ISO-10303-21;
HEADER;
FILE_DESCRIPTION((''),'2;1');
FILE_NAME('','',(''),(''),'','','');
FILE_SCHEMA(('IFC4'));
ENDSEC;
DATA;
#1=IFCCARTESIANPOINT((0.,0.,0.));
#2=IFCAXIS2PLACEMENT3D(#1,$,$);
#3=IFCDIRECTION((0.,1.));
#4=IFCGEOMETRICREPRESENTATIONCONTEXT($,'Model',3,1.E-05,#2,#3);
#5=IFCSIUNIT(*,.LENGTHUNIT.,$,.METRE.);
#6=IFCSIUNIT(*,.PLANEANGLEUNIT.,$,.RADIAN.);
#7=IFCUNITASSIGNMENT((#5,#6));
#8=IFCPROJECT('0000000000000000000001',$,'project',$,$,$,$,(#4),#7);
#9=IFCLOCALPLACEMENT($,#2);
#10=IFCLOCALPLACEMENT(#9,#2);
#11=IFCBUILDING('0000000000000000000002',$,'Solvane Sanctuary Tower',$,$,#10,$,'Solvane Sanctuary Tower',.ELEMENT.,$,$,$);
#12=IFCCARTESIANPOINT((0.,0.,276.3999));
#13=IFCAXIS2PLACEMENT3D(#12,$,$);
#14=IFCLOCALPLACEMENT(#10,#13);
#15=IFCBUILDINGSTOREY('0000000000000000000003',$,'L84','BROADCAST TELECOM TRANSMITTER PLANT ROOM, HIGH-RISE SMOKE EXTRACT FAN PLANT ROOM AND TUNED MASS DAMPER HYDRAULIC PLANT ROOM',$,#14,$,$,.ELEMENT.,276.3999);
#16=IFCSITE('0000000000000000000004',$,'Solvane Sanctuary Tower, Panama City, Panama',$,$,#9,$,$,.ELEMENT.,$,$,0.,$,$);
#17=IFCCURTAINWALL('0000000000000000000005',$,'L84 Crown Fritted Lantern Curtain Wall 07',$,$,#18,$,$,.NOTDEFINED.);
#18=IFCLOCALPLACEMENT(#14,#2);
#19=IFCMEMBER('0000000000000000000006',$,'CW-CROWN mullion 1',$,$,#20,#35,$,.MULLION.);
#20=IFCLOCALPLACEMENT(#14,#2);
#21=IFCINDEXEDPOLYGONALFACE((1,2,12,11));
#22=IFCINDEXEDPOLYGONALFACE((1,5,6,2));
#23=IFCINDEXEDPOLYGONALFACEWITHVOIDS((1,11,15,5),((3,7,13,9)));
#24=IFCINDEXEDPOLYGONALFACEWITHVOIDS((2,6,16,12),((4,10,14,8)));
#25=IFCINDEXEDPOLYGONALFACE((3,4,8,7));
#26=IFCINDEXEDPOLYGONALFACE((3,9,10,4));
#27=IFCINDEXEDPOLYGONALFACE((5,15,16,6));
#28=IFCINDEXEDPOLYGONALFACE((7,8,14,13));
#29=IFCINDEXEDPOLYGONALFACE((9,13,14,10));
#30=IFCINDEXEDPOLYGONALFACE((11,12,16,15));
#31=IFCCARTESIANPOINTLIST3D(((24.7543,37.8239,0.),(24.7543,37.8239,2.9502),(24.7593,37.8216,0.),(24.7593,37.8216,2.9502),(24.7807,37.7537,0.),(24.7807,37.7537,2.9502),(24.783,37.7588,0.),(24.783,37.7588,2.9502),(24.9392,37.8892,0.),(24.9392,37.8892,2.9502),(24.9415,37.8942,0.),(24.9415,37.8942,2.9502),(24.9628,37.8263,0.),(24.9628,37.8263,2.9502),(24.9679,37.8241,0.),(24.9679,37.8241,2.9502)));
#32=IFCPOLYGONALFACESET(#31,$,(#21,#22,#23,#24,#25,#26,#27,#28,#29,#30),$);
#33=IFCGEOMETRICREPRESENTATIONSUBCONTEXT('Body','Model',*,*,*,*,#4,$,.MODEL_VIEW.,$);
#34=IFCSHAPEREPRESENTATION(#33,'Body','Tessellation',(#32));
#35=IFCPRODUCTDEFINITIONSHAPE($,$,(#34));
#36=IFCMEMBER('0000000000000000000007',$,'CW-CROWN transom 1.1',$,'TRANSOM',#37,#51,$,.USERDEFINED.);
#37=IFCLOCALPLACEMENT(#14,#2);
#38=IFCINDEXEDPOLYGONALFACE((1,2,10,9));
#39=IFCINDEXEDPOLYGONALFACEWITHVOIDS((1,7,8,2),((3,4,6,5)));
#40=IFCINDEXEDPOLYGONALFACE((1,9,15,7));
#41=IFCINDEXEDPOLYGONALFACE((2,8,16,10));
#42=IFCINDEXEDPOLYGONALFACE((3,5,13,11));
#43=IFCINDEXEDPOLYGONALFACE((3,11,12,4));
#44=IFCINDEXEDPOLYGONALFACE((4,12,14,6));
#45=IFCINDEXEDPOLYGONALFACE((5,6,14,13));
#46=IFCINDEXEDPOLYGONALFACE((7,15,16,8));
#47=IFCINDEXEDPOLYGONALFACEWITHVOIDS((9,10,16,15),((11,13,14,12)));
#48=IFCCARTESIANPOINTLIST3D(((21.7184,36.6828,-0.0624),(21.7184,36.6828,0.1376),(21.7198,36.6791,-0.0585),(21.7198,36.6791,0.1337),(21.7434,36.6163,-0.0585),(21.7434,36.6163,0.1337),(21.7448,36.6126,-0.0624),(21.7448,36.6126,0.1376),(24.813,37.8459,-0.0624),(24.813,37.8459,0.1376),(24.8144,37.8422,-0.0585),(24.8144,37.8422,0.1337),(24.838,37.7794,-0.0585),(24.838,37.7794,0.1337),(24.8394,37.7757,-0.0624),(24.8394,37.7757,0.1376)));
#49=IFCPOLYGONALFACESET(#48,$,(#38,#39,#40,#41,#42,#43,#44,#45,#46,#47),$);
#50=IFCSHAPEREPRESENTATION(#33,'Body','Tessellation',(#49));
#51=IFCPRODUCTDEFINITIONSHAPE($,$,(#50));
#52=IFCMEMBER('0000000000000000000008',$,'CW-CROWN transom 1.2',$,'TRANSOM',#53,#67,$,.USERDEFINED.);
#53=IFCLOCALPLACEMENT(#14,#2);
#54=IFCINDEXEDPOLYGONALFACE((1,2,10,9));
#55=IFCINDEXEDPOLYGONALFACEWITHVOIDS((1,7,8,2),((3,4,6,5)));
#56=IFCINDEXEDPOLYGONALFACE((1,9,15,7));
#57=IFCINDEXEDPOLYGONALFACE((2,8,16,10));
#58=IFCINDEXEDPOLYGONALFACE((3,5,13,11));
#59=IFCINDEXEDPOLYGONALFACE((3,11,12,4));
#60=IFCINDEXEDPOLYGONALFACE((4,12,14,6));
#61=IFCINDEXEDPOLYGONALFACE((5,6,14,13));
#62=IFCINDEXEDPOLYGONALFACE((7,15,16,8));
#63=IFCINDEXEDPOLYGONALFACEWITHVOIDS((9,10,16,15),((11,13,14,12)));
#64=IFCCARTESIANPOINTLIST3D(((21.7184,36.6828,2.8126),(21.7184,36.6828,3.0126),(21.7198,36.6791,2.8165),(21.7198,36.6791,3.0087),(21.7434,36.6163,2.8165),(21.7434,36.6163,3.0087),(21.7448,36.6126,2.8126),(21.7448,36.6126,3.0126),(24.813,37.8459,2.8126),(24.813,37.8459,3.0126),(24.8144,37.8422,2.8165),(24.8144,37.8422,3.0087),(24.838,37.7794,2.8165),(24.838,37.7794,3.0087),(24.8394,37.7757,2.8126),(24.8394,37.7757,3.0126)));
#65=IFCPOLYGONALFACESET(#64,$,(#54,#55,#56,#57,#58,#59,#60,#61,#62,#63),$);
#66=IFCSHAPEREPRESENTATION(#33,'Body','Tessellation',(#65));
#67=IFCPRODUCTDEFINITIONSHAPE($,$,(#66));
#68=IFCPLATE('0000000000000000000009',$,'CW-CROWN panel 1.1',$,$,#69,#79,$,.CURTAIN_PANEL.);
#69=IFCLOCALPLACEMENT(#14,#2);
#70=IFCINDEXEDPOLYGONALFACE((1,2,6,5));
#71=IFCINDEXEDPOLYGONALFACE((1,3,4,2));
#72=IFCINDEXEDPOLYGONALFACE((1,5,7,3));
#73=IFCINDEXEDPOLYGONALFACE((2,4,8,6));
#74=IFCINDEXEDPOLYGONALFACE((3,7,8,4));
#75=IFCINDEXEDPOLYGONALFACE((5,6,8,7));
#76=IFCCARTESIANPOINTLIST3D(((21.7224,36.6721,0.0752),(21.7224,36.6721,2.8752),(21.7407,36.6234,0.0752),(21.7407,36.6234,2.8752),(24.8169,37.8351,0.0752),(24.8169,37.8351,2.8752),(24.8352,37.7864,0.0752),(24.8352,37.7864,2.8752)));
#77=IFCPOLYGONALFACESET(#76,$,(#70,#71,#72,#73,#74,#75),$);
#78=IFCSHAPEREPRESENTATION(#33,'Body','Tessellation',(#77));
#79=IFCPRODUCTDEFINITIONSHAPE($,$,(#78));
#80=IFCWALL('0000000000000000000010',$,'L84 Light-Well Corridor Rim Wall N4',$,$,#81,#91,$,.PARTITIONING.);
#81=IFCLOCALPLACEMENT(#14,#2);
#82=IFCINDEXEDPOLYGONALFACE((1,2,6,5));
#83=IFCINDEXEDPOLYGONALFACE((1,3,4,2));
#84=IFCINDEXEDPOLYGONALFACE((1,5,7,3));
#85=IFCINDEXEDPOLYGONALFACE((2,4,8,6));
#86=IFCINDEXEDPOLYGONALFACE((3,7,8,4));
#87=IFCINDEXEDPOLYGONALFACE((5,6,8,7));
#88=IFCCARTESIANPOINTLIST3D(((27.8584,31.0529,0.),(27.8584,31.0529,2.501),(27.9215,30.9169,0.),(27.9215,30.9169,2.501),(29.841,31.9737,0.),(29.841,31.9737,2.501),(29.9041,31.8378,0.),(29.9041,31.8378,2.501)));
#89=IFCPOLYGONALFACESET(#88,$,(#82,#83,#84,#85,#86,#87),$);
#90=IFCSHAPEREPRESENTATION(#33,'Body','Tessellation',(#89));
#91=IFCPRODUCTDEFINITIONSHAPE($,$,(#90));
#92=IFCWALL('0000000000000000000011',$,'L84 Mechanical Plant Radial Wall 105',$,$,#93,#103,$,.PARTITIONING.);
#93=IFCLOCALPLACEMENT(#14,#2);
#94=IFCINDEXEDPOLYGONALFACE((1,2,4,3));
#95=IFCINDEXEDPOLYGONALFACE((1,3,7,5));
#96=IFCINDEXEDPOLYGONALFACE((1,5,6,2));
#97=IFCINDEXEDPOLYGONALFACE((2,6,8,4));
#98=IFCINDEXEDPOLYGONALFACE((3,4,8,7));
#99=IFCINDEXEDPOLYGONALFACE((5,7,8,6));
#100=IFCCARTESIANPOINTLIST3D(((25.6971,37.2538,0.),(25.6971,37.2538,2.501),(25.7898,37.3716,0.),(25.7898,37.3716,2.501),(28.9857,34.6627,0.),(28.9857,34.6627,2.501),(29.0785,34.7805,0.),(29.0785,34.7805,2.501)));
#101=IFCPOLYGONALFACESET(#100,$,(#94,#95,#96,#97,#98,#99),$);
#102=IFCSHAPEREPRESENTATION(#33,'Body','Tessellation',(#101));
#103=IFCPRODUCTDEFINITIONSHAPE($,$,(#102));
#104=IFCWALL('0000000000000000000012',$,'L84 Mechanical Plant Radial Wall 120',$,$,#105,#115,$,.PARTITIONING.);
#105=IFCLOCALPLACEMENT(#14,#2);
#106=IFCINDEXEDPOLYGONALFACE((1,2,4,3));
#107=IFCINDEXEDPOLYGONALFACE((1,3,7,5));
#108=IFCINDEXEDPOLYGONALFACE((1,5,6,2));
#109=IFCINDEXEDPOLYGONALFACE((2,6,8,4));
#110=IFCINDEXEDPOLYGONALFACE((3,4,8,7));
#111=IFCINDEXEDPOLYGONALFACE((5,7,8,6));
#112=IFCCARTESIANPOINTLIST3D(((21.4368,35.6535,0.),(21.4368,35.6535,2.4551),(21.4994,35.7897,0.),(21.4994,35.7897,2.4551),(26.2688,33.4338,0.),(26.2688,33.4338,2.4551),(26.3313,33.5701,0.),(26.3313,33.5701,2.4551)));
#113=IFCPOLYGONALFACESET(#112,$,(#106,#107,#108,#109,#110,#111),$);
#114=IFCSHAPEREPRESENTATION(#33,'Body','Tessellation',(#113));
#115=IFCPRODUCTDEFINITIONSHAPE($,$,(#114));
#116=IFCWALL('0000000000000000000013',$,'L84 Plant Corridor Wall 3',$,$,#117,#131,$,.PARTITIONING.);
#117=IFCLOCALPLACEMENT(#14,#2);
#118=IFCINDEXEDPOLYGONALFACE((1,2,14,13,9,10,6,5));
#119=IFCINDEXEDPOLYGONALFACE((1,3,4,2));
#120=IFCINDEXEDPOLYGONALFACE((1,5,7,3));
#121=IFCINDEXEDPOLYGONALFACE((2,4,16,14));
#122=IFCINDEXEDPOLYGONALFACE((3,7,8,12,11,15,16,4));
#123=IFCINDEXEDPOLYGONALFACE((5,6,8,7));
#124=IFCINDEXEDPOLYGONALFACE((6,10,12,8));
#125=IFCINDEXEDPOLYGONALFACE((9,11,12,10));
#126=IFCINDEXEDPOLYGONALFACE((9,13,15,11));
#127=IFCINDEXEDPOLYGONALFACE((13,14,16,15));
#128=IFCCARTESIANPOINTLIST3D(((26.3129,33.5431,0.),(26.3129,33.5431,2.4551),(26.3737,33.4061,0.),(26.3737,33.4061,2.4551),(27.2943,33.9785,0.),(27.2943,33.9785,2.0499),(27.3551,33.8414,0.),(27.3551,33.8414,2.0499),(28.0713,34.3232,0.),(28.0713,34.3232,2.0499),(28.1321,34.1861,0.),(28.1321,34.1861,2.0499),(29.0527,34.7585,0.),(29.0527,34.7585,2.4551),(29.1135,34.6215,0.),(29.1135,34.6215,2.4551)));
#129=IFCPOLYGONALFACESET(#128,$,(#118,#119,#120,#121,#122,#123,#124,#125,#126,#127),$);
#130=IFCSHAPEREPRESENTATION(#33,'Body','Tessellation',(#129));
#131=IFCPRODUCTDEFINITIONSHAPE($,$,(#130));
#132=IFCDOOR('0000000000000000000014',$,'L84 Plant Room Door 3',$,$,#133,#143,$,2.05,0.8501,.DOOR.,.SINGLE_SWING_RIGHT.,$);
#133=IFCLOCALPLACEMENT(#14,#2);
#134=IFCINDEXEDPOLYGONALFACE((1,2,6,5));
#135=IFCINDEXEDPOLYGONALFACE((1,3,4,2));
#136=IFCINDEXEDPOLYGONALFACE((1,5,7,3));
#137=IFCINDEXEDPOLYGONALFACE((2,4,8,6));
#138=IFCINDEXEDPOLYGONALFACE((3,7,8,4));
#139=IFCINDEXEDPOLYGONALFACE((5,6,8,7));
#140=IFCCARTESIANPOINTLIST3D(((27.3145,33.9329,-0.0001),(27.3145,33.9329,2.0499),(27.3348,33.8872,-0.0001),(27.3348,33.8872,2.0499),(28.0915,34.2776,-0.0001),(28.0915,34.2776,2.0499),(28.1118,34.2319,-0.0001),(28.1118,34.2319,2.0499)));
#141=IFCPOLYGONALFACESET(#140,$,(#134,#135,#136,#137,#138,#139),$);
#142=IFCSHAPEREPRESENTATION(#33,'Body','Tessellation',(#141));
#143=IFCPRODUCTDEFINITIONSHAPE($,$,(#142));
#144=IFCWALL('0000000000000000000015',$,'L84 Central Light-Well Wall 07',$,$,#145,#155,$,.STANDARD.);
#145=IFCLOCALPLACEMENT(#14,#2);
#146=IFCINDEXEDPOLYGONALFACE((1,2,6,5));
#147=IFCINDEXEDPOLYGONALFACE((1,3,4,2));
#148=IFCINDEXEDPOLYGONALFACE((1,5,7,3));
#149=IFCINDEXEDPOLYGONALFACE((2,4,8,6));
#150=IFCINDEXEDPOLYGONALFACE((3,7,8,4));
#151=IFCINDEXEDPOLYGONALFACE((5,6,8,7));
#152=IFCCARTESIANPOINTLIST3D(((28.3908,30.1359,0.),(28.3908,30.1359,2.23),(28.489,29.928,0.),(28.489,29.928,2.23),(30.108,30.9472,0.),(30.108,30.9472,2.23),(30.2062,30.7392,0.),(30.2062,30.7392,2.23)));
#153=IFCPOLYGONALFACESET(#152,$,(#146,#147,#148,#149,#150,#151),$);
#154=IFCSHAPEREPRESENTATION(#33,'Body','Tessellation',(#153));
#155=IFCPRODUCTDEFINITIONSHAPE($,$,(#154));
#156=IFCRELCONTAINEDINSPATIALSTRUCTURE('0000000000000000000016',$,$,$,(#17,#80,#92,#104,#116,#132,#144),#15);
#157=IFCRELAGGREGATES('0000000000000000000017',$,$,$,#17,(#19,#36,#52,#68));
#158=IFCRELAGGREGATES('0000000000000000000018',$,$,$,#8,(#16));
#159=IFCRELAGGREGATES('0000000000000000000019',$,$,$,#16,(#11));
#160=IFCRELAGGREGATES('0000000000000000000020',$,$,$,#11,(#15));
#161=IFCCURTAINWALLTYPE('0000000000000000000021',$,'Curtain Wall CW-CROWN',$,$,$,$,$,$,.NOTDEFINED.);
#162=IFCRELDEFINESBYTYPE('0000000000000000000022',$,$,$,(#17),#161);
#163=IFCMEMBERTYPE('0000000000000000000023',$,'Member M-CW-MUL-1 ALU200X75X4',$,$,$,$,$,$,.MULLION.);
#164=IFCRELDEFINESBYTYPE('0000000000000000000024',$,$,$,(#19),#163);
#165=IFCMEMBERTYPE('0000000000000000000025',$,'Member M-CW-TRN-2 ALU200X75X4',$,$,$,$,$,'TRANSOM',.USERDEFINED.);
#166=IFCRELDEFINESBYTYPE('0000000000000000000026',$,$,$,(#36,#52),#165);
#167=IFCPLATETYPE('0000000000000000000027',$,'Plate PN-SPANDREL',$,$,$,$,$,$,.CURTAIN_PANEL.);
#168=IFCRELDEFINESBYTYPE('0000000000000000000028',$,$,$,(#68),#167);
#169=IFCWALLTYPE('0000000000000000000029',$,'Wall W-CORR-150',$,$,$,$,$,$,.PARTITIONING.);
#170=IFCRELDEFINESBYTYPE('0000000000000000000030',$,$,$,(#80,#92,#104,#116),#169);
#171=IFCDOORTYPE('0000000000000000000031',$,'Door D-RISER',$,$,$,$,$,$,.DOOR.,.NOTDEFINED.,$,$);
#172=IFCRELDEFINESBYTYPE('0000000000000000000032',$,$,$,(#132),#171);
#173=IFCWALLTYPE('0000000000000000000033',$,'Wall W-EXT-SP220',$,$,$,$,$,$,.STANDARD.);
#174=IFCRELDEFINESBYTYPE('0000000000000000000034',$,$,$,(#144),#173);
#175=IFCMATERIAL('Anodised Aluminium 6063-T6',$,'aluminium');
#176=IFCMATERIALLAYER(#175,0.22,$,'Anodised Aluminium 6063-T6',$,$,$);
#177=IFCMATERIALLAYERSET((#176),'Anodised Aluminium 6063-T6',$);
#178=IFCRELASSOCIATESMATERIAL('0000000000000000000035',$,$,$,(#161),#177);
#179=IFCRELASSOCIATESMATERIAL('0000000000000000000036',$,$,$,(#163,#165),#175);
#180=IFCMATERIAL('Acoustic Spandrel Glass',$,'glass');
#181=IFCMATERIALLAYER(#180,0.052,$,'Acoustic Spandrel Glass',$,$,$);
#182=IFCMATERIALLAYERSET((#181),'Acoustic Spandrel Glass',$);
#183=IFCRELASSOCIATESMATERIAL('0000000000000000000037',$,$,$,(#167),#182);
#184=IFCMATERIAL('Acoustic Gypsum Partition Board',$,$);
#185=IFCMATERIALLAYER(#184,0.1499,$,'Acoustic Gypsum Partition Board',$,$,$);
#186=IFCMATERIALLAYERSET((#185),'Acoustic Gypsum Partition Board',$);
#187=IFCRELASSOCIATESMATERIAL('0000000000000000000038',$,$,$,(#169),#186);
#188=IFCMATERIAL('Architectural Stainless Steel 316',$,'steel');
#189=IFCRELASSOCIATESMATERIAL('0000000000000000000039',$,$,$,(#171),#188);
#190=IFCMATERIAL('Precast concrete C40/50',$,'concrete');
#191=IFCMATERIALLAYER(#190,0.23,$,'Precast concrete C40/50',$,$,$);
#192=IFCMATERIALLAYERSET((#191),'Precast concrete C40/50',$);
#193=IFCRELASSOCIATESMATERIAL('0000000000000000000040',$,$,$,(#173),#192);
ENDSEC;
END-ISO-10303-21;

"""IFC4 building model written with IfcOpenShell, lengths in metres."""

from ifc_helpers import new_model, si_unit, direction, frame, frame_2d, origin, origin_2d, place, context, subcontext, project, spatial, rectangle, hollow_rectangle, extrude, material, layer, layer_set, material_profile, profile_set, type_object, element, fill, aggregate, save


model = new_model("IFC4")

# Units and contexts
model_context = context("Model", 3, precision=1e-05, world=origin(), true_north=direction((0.0, 1.0)))
body_context = subcontext(model_context, "Body", "Model", "MODEL_VIEW")
ifc_project = project(units=[si_unit("LENGTHUNIT", "METRE"), si_unit("PLANEANGLEUNIT", "RADIAN")], contexts=[model_context])

# Site, building, storey
site_placement = place(None, origin())
site = spatial("IfcSite", under=ifc_project, at=site_placement, Name="Solvane Sanctuary Tower, Panama City, Panama", CompositionType="ELEMENT", RefElevation=0.0)
building_placement = place(site_placement, origin())
building = spatial("IfcBuilding", under=site, at=building_placement, Name="Solvane Sanctuary Tower", LongName="Solvane Sanctuary Tower", CompositionType="ELEMENT")
storey_placement = place(building_placement, frame((0.0, 0.0, 276.3999)))
storey = spatial("IfcBuildingStorey", under=building, at=storey_placement, Name="L84", Description="BROADCAST TELECOM TRANSMITTER PLANT ROOM, HIGH-RISE SMOKE EXTRACT FAN PLANT ROOM AND TUNED MASS DAMPER HYDRAULIC PLANT ROOM", CompositionType="ELEMENT", Elevation=276.3999)

# Curtain wall, members, plate
ifc_material_1 = material(Name="Anodised Aluminium 6063-T6", Category="aluminium")
ifc_layer_1 = layer(ifc_material_1, 0.22, Name="Anodised Aluminium 6063-T6")
ifc_layer_set_1 = layer_set([ifc_layer_1], Name="Anodised Aluminium 6063-T6")
curtain_wall_type = type_object("IfcCurtainWallType", Name="Curtain Wall CW-CROWN", PredefinedType="NOTDEFINED", material=ifc_layer_set_1)
curtain_wall_placement = place(storey_placement, origin())
curtain_wall = element("IfcCurtainWall", 1, at=curtain_wall_placement, inside=storey, type_object=curtain_wall_type, Name="L84 Crown Fritted Lantern Curtain Wall 07", PredefinedType="NOTDEFINED")
ifc_material_profile_1 = material_profile(ifc_material_1, hollow_rectangle(XDim=0.075, YDim=0.2, WallThickness=0.0039, at=origin_2d()), Name="ALU200X75X4")
ifc_profile_set_1 = profile_set([ifc_material_profile_1], Name="Anodised Aluminium 6063-T6")
member_type_1 = type_object("IfcMemberType", Name="Member M-CW-MUL-1 ALU200X75X4", PredefinedType="MULLION", material=ifc_profile_set_1)
member_1_placement = place(storey_placement, frame((24.8611, 37.824, 0.0), z_axis=(0.0, 0.0, 1.0), x_axis=(0.351811, -0.936071, 0.0)))
member_1 = element("IfcMember", 2, at=member_1_placement, type_object=member_type_1, Name="CW-CROWN mullion 1", PredefinedType="MULLION", context=body_context, shape_type="SweptSolid", body=[
    extrude(hollow_rectangle(XDim=0.075, YDim=0.2, WallThickness=0.0039, at=origin_2d()), origin(), (0.0, 0.0, 1.0), 2.9502),
])
ifc_material_profile_2 = material_profile(ifc_material_1, hollow_rectangle(XDim=0.075, YDim=0.2, WallThickness=0.0039, at=origin_2d()), Name="ALU200X75X4")
ifc_profile_set_2 = profile_set([ifc_material_profile_2], Name="Anodised Aluminium 6063-T6")
member_type_2 = type_object("IfcMemberType", Name="Member M-CW-TRN-2 ALU200X75X4", ElementType="TRANSOM", PredefinedType="USERDEFINED", material=ifc_profile_set_2)
member_2_placement = place(storey_placement, frame((24.8262, 37.8108, 0.0376), z_axis=(-0.936065, -0.351827, 0.0), x_axis=(0.351827, -0.936065, 0.0)))
member_2 = element("IfcMember", 3, at=member_2_placement, type_object=member_type_2, Name="CW-CROWN transom 1.1", ObjectType="TRANSOM", PredefinedType="USERDEFINED", context=body_context, shape_type="SweptSolid", body=[
    extrude(hollow_rectangle(XDim=0.075, YDim=0.2, WallThickness=0.0039, at=origin_2d()), origin(), (0.0, 0.0, 1.0), 3.3059),
])
member_3_placement = place(storey_placement, frame((24.8262, 37.8108, 2.9126), z_axis=(-0.936065, -0.351827, 0.0), x_axis=(0.351827, -0.936065, 0.0)))
member_3 = element("IfcMember", 4, at=member_3_placement, type_object=member_type_2, Name="CW-CROWN transom 1.2", ObjectType="TRANSOM", PredefinedType="USERDEFINED", context=body_context, shape_type="SweptSolid", body=[
    extrude(hollow_rectangle(XDim=0.075, YDim=0.2, WallThickness=0.0039, at=origin_2d()), origin(), (0.0, 0.0, 1.0), 3.3059),
])
ifc_material_2 = material(Name="Acoustic Spandrel Glass", Category="glass")
ifc_layer_2 = layer(ifc_material_2, 0.052, Name="Acoustic Spandrel Glass")
ifc_layer_set_2 = layer_set([ifc_layer_2], Name="Acoustic Spandrel Glass")
plate_type = type_object("IfcPlateType", Name="Plate PN-SPANDREL", PredefinedType="CURTAIN_PANEL", material=ifc_layer_set_2)
plate_placement = place(storey_placement, frame((23.2788, 37.2292, 0.0752), z_axis=(0.0, 0.0, 1.0), x_axis=(-0.936071, -0.351811, 0.0)))
plate = element("IfcPlate", 5, at=plate_placement, type_object=plate_type, Name="CW-CROWN panel 1.1", PredefinedType="CURTAIN_PANEL", context=body_context, shape_type="SweptSolid", body=[
    extrude(rectangle(XDim=3.3059, YDim=0.052, at=origin_2d()), origin(), (0.0, 0.0, 1.0), 2.8),
])
aggregate(curtain_wall, [member_1, member_2, member_3, plate])

# Walls
ifc_material_3 = material(Name="Acoustic Gypsum Partition Board")
ifc_layer_3 = layer(ifc_material_3, 0.1499, Name="Acoustic Gypsum Partition Board")
ifc_layer_set_3 = layer_set([ifc_layer_3], Name="Acoustic Gypsum Partition Board")
wall_type_1 = type_object("IfcWallType", Name="Wall W-CORR-150", PredefinedType="PARTITIONING", material=ifc_layer_set_3)
wall_1_placement = place(storey_placement, frame((29.8726, 31.9058, 0.0), z_axis=(0.0, 0.0, 1.0), x_axis=(-0.906943, -0.421252, 0.0)))
element("IfcWall", 6, at=wall_1_placement, inside=storey, type_object=wall_type_1, Name="L84 Light-Well Corridor Rim Wall N4", PredefinedType="PARTITIONING", context=body_context, shape_type="SweptSolid", body=[
    extrude(rectangle(XDim=2.186, YDim=0.1499, at=frame_2d((1.093, 0.0))), origin(), (0.0, 0.0, 1.0), 2.501),
])
wall_2_placement = place(storey_placement, frame((29.032, 34.7217, 0.0), z_axis=(0.0, 0.0, 1.0), x_axis=(-0.785484, 0.618882, 0.0)))
element("IfcWall", 7, at=wall_2_placement, inside=storey, type_object=wall_type_1, Name="L84 Mechanical Plant Radial Wall 105", PredefinedType="PARTITIONING", context=body_context, shape_type="SweptSolid", body=[
    extrude(rectangle(XDim=4.1868, YDim=0.1499, at=frame_2d((2.0933, 0.0))), origin(), (0.0, 0.0, 1.0), 2.501),
])
wall_3_placement = place(storey_placement, frame((26.3, 33.502, 0.0), z_axis=(0.0, 0.0, 1.0), x_axis=(-0.908705, 0.417439, 0.0)))
element("IfcWall", 8, at=wall_3_placement, inside=storey, type_object=wall_type_1, Name="L84 Mechanical Plant Radial Wall 120", PredefinedType="PARTITIONING", context=body_context, shape_type="SweptSolid", body=[
    extrude(rectangle(XDim=5.3174, YDim=0.1499, at=frame_2d((2.6587, 0.0))), origin(), (0.0, 0.0, 1.0), 2.4551),
])

# Wall, opening, door
wall_4_placement = place(storey_placement, frame((29.083, 34.6899, 0.0), z_axis=(0.0, 0.0, 1.0), x_axis=(-0.9141, -0.405488, 0.0)))
wall_4 = element("IfcWall", 9, at=wall_4_placement, inside=storey, type_object=wall_type_1, Name="L84 Plant Corridor Wall 3", PredefinedType="PARTITIONING", context=body_context, shape_type="SweptSolid", body=[
    extrude(rectangle(XDim=2.9973, YDim=0.1499, at=frame_2d((1.4985, 0.0))), origin(), (0.0, 0.0, 1.0), 2.4551),
])
opening_placement = place(wall_4_placement, frame((1.0735, 0.0, 0.0)))
opening = element("IfcOpeningElement", 10, at=opening_placement, cuts=wall_4, PredefinedType="OPENING", context=body_context, shape_type="SweptSolid", body=[
    extrude(rectangle(XDim=0.8501, YDim=2.05, at=frame_2d((0.425, 1.0249))), frame((0.0, 0.085, 0.0), z_axis=(0.0, -1.0, 0.0), x_axis=(1.0, 0.0, 0.0)), (0.0, 0.0, 1.0), 0.1699),
])
ifc_material_4 = material(Name="Architectural Stainless Steel 316", Category="steel")
door_type = type_object("IfcDoorType", Name="Door D-RISER", OperationType="NOTDEFINED", PredefinedType="DOOR", material=ifc_material_4)
door_placement = place(opening_placement, origin())
door = element("IfcDoor", 11, at=door_placement, inside=storey, type_object=door_type, Name="L84 Plant Room Door 3", OperationType="SINGLE_SWING_RIGHT", OverallHeight=2.05, OverallWidth=0.8501, PredefinedType="DOOR", context=body_context, shape_type="SweptSolid", body=[
    extrude(rectangle(XDim=0.8501, YDim=2.05, at=frame_2d((0.425, 1.0249))), frame((0.0, 0.0249, 0.0), z_axis=(0.0, -1.0, 0.0), x_axis=(1.0, 0.0, 0.0)), (0.0, 0.0, 1.0), 0.05),
])
fill(opening, door)

# Wall
ifc_material_5 = material(Name="Precast concrete C40/50", Category="concrete")
ifc_layer_4 = layer(ifc_material_5, 0.23, Name="Precast concrete C40/50")
ifc_layer_set_4 = layer_set([ifc_layer_4], Name="Precast concrete C40/50")
wall_type_2 = type_object("IfcWallType", Name="Wall W-EXT-SP220", PredefinedType="STANDARD", material=ifc_layer_set_4)
wall_5_placement = place(storey_placement, frame((30.1572, 30.8433, 0.0), z_axis=(0.0, 0.0, 1.0), x_axis=(-0.90418, -0.427152, 0.0)))
element("IfcWall", 12, at=wall_5_placement, inside=storey, type_object=wall_type_2, Name="L84 Central Light-Well Wall 07", PredefinedType="STANDARD", context=body_context, shape_type="SweptSolid", body=[
    extrude(rectangle(XDim=1.8992, YDim=0.23, at=frame_2d((0.9497, 0.0))), origin(), (0.0, 0.0, 1.0), 2.23),
])

save(model, "model.ifc")
